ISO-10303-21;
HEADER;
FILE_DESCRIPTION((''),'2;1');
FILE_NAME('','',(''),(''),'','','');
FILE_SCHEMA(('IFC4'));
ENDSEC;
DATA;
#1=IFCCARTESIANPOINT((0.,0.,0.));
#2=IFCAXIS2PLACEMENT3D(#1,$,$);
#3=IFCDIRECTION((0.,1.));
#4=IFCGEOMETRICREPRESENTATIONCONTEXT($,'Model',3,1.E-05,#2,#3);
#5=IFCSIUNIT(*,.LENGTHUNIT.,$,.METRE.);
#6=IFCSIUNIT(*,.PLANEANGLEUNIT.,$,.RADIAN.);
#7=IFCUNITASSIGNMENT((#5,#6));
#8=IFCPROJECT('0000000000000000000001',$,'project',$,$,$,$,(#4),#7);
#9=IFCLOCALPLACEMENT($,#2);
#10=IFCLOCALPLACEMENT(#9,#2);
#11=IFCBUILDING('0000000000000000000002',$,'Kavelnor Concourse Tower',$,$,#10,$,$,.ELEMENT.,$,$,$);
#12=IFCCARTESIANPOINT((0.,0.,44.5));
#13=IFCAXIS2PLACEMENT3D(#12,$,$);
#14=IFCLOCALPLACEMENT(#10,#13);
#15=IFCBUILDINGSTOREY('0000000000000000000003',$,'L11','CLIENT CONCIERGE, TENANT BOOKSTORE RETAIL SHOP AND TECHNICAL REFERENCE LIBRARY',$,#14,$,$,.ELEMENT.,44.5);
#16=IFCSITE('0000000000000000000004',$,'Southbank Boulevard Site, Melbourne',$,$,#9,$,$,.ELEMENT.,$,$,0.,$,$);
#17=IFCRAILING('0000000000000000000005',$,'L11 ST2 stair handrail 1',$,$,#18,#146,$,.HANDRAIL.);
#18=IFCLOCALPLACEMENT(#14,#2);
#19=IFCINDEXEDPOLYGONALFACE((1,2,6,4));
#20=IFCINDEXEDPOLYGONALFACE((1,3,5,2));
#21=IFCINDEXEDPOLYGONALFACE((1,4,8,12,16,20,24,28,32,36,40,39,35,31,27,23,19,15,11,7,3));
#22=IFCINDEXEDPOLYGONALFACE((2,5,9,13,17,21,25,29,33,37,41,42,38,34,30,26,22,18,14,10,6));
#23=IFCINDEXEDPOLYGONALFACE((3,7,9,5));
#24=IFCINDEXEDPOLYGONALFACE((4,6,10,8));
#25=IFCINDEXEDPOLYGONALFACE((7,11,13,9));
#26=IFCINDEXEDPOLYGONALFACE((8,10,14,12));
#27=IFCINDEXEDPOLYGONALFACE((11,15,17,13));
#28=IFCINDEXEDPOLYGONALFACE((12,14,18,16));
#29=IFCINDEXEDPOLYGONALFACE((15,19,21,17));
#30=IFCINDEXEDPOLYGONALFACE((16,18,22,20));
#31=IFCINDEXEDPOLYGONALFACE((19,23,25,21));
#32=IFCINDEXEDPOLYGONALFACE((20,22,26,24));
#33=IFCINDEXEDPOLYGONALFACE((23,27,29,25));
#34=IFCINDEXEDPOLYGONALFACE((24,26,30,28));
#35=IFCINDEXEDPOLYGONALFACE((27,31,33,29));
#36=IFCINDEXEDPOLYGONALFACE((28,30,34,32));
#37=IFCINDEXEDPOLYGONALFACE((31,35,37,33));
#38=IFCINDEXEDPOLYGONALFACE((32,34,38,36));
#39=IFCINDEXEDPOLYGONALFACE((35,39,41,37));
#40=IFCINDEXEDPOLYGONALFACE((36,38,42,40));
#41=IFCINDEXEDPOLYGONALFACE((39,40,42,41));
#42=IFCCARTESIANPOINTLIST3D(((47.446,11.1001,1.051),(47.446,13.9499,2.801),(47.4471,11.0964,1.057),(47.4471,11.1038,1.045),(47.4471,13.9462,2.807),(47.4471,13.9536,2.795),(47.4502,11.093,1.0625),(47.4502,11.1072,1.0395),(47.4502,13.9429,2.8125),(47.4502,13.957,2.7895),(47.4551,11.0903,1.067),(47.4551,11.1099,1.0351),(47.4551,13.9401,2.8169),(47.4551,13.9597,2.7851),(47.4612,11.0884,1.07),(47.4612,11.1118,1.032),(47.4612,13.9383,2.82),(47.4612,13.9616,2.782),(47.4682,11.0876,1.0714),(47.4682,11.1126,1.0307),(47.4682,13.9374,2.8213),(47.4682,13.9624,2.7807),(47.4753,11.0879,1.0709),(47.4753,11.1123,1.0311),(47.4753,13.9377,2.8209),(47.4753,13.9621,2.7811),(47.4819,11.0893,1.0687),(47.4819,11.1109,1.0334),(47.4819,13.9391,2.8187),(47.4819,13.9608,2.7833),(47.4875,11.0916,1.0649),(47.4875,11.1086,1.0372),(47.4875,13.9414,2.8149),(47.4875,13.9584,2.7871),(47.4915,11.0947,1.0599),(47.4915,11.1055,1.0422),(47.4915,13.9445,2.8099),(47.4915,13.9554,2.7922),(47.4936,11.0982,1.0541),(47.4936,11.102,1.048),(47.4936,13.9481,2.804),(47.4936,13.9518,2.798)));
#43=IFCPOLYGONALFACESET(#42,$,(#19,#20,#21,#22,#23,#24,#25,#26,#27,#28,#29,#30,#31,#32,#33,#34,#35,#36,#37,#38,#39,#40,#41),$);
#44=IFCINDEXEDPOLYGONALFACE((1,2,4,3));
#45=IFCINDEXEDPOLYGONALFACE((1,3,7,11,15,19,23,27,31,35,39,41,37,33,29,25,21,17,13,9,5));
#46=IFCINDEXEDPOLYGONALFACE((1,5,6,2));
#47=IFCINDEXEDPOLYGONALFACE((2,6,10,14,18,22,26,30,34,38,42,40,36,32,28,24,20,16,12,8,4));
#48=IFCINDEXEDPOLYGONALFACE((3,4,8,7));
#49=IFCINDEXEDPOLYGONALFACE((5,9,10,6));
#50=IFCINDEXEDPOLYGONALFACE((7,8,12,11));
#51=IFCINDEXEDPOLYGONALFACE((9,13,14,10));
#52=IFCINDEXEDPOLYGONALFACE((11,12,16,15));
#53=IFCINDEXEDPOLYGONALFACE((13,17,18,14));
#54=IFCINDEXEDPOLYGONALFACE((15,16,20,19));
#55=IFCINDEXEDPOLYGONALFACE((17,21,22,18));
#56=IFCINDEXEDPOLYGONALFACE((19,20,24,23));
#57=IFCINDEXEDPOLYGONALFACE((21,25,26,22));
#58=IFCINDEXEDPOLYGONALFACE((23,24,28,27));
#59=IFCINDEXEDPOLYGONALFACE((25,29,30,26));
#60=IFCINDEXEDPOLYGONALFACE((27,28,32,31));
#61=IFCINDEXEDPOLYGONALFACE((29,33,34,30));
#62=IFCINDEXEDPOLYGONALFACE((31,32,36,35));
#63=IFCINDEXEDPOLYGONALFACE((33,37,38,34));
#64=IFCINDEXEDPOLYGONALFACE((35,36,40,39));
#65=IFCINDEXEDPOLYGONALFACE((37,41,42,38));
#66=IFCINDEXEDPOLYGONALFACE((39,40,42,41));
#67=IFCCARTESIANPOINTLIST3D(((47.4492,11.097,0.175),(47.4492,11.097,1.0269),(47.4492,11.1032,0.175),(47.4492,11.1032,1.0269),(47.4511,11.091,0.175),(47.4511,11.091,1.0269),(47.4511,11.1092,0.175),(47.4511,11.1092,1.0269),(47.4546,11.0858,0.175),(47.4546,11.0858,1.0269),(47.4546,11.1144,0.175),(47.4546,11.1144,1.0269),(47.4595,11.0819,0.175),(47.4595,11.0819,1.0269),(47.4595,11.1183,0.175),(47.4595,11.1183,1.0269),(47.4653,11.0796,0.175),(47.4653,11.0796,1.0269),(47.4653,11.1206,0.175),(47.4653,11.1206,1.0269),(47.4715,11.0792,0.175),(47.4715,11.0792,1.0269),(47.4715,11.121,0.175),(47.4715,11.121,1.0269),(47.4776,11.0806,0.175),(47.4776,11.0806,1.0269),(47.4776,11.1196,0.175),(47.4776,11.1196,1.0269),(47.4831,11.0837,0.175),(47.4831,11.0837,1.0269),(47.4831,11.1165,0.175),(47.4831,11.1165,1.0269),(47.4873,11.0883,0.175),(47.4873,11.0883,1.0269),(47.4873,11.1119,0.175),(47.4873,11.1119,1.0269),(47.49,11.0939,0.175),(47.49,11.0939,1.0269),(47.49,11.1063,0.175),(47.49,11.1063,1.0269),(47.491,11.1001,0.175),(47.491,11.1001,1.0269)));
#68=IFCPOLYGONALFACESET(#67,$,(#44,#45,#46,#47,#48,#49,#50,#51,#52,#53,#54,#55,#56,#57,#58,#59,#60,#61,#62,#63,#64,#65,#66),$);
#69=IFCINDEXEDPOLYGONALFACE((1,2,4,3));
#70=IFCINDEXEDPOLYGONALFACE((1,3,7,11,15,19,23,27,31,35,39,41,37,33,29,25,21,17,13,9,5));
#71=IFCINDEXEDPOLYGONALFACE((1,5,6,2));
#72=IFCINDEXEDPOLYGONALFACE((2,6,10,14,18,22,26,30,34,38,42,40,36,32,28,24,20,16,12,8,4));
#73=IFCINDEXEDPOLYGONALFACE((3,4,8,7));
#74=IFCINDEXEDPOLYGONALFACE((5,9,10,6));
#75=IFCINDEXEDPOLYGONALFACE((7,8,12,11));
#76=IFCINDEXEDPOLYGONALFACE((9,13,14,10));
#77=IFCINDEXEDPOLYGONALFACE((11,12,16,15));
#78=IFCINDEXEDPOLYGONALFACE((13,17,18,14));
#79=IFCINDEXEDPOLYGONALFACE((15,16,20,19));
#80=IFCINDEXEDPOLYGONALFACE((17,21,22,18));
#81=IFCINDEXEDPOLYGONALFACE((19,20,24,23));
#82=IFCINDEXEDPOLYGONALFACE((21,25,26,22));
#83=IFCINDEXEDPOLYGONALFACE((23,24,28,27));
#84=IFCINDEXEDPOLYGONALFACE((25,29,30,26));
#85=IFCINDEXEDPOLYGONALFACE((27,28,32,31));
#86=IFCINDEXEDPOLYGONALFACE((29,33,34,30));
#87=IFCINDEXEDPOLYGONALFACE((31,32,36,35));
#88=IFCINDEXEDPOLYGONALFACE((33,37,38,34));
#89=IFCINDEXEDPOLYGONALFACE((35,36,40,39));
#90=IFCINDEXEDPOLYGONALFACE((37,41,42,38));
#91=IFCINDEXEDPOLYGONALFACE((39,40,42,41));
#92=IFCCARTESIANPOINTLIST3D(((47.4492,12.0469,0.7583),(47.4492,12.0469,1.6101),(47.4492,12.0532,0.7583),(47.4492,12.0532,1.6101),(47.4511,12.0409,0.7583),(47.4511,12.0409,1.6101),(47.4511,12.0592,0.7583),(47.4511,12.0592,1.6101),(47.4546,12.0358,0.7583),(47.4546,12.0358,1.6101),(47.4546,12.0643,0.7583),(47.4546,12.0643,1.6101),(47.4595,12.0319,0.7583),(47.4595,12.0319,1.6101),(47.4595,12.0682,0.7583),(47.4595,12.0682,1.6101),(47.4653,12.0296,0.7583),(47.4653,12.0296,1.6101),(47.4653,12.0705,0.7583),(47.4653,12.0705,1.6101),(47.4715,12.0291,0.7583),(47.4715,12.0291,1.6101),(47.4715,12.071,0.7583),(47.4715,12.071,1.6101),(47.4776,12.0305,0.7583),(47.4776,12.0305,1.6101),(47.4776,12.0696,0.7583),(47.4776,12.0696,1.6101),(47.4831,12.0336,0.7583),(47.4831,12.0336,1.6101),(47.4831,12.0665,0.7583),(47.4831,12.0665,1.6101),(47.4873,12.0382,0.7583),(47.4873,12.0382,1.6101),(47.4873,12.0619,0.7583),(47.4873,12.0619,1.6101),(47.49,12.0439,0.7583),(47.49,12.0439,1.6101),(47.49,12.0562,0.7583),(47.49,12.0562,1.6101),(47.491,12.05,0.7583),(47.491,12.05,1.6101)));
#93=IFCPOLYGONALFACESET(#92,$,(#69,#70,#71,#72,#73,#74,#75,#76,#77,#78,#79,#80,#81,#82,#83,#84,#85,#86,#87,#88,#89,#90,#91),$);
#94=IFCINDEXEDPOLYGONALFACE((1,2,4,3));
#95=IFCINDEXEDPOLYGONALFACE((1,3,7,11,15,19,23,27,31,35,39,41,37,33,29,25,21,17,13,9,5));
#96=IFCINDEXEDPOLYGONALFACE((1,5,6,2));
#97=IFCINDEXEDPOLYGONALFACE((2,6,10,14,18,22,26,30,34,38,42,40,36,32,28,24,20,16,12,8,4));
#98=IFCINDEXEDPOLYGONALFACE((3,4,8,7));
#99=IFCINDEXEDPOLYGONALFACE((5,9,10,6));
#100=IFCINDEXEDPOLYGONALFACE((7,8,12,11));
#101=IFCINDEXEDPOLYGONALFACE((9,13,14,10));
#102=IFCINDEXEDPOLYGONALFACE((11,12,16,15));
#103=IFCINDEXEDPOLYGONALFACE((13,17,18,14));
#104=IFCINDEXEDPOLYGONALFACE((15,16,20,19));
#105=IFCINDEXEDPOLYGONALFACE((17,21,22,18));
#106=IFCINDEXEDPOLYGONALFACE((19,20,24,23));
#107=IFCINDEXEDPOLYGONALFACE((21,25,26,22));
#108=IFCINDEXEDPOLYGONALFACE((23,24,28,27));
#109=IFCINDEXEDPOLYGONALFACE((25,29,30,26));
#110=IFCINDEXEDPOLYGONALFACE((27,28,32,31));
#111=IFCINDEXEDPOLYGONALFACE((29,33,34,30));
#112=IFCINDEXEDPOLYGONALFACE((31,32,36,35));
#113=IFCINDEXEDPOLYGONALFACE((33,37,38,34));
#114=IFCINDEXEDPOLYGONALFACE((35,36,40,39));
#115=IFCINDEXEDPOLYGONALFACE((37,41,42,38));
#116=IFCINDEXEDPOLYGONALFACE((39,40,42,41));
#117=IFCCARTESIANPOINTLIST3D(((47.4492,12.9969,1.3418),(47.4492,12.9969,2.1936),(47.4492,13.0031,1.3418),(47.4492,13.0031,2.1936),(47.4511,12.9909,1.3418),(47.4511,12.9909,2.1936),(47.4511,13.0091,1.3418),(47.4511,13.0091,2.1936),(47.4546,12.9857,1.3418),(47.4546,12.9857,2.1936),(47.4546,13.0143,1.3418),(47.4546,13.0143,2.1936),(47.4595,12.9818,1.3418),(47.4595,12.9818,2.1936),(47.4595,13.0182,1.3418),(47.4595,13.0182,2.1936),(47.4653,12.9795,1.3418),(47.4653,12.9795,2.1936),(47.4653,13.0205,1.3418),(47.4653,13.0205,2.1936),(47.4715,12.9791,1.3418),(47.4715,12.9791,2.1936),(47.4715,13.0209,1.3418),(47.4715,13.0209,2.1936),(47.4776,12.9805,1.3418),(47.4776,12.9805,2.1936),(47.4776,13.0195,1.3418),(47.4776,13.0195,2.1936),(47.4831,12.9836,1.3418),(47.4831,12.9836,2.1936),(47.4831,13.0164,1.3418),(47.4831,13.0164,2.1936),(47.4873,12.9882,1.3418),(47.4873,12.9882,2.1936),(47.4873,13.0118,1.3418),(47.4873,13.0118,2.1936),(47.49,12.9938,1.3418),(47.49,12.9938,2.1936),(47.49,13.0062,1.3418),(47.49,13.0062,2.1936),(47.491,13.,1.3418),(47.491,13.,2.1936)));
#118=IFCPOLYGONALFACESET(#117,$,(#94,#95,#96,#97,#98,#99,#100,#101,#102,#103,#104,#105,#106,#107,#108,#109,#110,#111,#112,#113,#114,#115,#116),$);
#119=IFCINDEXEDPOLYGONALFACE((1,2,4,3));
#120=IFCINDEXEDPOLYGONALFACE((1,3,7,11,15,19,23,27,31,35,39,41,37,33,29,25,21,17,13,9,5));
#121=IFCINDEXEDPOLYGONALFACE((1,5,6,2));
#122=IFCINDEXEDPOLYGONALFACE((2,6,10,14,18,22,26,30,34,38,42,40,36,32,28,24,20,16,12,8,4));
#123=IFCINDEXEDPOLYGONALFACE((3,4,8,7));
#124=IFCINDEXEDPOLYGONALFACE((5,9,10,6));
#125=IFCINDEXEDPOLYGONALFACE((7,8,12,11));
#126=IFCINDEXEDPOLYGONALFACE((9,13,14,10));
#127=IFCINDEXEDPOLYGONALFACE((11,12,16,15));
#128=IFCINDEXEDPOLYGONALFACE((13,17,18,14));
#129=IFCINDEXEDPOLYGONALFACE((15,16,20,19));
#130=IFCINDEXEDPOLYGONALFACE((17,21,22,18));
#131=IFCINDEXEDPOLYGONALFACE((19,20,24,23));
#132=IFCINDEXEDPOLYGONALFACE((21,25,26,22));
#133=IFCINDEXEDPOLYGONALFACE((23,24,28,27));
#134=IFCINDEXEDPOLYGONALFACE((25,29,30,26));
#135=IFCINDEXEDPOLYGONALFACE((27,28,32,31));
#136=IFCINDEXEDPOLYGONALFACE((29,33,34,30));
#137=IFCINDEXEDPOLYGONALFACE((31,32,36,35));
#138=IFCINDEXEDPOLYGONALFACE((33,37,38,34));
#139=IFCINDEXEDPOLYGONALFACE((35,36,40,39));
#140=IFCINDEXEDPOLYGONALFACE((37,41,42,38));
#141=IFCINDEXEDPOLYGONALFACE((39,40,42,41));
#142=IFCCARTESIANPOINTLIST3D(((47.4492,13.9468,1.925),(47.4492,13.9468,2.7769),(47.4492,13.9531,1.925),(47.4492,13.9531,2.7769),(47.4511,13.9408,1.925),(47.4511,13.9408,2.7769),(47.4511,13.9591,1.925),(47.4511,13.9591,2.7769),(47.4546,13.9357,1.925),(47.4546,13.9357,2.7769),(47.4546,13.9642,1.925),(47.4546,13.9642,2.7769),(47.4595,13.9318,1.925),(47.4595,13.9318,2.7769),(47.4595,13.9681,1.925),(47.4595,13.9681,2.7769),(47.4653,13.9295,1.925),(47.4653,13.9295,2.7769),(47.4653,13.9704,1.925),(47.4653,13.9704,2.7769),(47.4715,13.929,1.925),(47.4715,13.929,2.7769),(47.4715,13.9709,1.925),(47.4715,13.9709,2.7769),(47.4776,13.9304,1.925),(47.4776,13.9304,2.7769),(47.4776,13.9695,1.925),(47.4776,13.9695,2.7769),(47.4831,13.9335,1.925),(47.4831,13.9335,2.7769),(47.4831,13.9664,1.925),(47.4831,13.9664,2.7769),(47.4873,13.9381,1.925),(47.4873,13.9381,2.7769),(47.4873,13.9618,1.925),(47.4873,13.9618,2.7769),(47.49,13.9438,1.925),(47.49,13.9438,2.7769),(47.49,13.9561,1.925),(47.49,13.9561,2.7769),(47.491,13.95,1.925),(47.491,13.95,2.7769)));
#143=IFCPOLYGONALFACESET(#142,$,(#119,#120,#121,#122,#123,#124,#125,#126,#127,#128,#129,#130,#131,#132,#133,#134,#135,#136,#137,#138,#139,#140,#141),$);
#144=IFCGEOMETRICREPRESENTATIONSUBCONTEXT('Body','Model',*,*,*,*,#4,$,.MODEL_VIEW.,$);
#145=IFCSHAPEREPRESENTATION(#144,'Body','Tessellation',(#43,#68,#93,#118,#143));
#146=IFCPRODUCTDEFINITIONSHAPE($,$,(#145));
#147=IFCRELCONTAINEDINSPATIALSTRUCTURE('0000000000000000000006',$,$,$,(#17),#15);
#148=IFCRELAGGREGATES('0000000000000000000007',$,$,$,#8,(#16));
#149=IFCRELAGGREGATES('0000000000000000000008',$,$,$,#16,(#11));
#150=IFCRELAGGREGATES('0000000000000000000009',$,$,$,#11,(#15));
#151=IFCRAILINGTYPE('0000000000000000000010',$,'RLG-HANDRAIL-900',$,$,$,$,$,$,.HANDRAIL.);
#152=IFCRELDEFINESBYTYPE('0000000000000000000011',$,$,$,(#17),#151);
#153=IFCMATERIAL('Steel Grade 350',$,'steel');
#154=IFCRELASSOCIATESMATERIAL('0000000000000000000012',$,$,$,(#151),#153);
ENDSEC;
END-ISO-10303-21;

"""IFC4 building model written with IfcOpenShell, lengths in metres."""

from ifc_helpers import new_model, si_unit, direction, frame, origin, origin_2d, place, context, subcontext, project, spatial, circle, extrude, material, type_object, element, save


model = new_model("IFC4")

# Units and contexts
model_context = context("Model", 3, precision=1e-05, world=origin(), true_north=direction((0.0, 1.0)))
body_context = subcontext(model_context, "Body", "Model", "MODEL_VIEW")
ifc_project = project(units=[si_unit("LENGTHUNIT", "METRE"), si_unit("PLANEANGLEUNIT", "RADIAN")], contexts=[model_context])

# Site, building, storey
site_placement = place(None, origin())
site = spatial("IfcSite", under=ifc_project, at=site_placement, Name="Southbank Boulevard Site, Melbourne", CompositionType="ELEMENT", RefElevation=0.0)
building_placement = place(site_placement, origin())
building = spatial("IfcBuilding", under=site, at=building_placement, Name="Kavelnor Concourse Tower", CompositionType="ELEMENT")
storey_placement = place(building_placement, frame((0.0, 0.0, 44.5)))
storey = spatial("IfcBuildingStorey", under=building, at=storey_placement, Name="L11", Description="CLIENT CONCIERGE, TENANT BOOKSTORE RETAIL SHOP AND TECHNICAL REFERENCE LIBRARY", CompositionType="ELEMENT", Elevation=44.5)

# Shared definitions
ifc_material_1 = material(Name="Steel Grade 350", Category="steel")

# Railing
railing_type = type_object("IfcRailingType", Name="RLG-HANDRAIL-900", PredefinedType="HANDRAIL", material=ifc_material_1)
railing_placement = place(storey_placement, frame((47.47, 11.1001, 0.175)))
element("IfcRailing", 1, at=railing_placement, inside=storey, type_object=railing_type, Name="L11 ST2 stair handrail 1", PredefinedType="HANDRAIL", context=body_context, shape_type="SweptSolid", body=[
    extrude(circle(Radius=0.0239, at=origin_2d()), frame((0.0, 0.0, 0.876), z_axis=(0.0, 0.852159, 0.523283), x_axis=(-1.0, 0.0, 0.0)), (0.0, 0.0, 1.0), 3.3442),
    extrude(circle(Radius=0.021, at=origin_2d()), origin(), (0.0, 0.0, 1.0), 0.8518),
    extrude(circle(Radius=0.021, at=origin_2d()), frame((0.0, 0.95, 0.5833)), (0.0, 0.0, 1.0), 0.8518),
    extrude(circle(Radius=0.021, at=origin_2d()), frame((0.0, 1.8999, 1.1667)), (0.0, 0.0, 1.0), 0.8518),
    extrude(circle(Radius=0.021, at=origin_2d()), frame((0.0, 2.8499, 1.75)), (0.0, 0.0, 1.0), 0.8518),
])

save(model, "model.ifc")
